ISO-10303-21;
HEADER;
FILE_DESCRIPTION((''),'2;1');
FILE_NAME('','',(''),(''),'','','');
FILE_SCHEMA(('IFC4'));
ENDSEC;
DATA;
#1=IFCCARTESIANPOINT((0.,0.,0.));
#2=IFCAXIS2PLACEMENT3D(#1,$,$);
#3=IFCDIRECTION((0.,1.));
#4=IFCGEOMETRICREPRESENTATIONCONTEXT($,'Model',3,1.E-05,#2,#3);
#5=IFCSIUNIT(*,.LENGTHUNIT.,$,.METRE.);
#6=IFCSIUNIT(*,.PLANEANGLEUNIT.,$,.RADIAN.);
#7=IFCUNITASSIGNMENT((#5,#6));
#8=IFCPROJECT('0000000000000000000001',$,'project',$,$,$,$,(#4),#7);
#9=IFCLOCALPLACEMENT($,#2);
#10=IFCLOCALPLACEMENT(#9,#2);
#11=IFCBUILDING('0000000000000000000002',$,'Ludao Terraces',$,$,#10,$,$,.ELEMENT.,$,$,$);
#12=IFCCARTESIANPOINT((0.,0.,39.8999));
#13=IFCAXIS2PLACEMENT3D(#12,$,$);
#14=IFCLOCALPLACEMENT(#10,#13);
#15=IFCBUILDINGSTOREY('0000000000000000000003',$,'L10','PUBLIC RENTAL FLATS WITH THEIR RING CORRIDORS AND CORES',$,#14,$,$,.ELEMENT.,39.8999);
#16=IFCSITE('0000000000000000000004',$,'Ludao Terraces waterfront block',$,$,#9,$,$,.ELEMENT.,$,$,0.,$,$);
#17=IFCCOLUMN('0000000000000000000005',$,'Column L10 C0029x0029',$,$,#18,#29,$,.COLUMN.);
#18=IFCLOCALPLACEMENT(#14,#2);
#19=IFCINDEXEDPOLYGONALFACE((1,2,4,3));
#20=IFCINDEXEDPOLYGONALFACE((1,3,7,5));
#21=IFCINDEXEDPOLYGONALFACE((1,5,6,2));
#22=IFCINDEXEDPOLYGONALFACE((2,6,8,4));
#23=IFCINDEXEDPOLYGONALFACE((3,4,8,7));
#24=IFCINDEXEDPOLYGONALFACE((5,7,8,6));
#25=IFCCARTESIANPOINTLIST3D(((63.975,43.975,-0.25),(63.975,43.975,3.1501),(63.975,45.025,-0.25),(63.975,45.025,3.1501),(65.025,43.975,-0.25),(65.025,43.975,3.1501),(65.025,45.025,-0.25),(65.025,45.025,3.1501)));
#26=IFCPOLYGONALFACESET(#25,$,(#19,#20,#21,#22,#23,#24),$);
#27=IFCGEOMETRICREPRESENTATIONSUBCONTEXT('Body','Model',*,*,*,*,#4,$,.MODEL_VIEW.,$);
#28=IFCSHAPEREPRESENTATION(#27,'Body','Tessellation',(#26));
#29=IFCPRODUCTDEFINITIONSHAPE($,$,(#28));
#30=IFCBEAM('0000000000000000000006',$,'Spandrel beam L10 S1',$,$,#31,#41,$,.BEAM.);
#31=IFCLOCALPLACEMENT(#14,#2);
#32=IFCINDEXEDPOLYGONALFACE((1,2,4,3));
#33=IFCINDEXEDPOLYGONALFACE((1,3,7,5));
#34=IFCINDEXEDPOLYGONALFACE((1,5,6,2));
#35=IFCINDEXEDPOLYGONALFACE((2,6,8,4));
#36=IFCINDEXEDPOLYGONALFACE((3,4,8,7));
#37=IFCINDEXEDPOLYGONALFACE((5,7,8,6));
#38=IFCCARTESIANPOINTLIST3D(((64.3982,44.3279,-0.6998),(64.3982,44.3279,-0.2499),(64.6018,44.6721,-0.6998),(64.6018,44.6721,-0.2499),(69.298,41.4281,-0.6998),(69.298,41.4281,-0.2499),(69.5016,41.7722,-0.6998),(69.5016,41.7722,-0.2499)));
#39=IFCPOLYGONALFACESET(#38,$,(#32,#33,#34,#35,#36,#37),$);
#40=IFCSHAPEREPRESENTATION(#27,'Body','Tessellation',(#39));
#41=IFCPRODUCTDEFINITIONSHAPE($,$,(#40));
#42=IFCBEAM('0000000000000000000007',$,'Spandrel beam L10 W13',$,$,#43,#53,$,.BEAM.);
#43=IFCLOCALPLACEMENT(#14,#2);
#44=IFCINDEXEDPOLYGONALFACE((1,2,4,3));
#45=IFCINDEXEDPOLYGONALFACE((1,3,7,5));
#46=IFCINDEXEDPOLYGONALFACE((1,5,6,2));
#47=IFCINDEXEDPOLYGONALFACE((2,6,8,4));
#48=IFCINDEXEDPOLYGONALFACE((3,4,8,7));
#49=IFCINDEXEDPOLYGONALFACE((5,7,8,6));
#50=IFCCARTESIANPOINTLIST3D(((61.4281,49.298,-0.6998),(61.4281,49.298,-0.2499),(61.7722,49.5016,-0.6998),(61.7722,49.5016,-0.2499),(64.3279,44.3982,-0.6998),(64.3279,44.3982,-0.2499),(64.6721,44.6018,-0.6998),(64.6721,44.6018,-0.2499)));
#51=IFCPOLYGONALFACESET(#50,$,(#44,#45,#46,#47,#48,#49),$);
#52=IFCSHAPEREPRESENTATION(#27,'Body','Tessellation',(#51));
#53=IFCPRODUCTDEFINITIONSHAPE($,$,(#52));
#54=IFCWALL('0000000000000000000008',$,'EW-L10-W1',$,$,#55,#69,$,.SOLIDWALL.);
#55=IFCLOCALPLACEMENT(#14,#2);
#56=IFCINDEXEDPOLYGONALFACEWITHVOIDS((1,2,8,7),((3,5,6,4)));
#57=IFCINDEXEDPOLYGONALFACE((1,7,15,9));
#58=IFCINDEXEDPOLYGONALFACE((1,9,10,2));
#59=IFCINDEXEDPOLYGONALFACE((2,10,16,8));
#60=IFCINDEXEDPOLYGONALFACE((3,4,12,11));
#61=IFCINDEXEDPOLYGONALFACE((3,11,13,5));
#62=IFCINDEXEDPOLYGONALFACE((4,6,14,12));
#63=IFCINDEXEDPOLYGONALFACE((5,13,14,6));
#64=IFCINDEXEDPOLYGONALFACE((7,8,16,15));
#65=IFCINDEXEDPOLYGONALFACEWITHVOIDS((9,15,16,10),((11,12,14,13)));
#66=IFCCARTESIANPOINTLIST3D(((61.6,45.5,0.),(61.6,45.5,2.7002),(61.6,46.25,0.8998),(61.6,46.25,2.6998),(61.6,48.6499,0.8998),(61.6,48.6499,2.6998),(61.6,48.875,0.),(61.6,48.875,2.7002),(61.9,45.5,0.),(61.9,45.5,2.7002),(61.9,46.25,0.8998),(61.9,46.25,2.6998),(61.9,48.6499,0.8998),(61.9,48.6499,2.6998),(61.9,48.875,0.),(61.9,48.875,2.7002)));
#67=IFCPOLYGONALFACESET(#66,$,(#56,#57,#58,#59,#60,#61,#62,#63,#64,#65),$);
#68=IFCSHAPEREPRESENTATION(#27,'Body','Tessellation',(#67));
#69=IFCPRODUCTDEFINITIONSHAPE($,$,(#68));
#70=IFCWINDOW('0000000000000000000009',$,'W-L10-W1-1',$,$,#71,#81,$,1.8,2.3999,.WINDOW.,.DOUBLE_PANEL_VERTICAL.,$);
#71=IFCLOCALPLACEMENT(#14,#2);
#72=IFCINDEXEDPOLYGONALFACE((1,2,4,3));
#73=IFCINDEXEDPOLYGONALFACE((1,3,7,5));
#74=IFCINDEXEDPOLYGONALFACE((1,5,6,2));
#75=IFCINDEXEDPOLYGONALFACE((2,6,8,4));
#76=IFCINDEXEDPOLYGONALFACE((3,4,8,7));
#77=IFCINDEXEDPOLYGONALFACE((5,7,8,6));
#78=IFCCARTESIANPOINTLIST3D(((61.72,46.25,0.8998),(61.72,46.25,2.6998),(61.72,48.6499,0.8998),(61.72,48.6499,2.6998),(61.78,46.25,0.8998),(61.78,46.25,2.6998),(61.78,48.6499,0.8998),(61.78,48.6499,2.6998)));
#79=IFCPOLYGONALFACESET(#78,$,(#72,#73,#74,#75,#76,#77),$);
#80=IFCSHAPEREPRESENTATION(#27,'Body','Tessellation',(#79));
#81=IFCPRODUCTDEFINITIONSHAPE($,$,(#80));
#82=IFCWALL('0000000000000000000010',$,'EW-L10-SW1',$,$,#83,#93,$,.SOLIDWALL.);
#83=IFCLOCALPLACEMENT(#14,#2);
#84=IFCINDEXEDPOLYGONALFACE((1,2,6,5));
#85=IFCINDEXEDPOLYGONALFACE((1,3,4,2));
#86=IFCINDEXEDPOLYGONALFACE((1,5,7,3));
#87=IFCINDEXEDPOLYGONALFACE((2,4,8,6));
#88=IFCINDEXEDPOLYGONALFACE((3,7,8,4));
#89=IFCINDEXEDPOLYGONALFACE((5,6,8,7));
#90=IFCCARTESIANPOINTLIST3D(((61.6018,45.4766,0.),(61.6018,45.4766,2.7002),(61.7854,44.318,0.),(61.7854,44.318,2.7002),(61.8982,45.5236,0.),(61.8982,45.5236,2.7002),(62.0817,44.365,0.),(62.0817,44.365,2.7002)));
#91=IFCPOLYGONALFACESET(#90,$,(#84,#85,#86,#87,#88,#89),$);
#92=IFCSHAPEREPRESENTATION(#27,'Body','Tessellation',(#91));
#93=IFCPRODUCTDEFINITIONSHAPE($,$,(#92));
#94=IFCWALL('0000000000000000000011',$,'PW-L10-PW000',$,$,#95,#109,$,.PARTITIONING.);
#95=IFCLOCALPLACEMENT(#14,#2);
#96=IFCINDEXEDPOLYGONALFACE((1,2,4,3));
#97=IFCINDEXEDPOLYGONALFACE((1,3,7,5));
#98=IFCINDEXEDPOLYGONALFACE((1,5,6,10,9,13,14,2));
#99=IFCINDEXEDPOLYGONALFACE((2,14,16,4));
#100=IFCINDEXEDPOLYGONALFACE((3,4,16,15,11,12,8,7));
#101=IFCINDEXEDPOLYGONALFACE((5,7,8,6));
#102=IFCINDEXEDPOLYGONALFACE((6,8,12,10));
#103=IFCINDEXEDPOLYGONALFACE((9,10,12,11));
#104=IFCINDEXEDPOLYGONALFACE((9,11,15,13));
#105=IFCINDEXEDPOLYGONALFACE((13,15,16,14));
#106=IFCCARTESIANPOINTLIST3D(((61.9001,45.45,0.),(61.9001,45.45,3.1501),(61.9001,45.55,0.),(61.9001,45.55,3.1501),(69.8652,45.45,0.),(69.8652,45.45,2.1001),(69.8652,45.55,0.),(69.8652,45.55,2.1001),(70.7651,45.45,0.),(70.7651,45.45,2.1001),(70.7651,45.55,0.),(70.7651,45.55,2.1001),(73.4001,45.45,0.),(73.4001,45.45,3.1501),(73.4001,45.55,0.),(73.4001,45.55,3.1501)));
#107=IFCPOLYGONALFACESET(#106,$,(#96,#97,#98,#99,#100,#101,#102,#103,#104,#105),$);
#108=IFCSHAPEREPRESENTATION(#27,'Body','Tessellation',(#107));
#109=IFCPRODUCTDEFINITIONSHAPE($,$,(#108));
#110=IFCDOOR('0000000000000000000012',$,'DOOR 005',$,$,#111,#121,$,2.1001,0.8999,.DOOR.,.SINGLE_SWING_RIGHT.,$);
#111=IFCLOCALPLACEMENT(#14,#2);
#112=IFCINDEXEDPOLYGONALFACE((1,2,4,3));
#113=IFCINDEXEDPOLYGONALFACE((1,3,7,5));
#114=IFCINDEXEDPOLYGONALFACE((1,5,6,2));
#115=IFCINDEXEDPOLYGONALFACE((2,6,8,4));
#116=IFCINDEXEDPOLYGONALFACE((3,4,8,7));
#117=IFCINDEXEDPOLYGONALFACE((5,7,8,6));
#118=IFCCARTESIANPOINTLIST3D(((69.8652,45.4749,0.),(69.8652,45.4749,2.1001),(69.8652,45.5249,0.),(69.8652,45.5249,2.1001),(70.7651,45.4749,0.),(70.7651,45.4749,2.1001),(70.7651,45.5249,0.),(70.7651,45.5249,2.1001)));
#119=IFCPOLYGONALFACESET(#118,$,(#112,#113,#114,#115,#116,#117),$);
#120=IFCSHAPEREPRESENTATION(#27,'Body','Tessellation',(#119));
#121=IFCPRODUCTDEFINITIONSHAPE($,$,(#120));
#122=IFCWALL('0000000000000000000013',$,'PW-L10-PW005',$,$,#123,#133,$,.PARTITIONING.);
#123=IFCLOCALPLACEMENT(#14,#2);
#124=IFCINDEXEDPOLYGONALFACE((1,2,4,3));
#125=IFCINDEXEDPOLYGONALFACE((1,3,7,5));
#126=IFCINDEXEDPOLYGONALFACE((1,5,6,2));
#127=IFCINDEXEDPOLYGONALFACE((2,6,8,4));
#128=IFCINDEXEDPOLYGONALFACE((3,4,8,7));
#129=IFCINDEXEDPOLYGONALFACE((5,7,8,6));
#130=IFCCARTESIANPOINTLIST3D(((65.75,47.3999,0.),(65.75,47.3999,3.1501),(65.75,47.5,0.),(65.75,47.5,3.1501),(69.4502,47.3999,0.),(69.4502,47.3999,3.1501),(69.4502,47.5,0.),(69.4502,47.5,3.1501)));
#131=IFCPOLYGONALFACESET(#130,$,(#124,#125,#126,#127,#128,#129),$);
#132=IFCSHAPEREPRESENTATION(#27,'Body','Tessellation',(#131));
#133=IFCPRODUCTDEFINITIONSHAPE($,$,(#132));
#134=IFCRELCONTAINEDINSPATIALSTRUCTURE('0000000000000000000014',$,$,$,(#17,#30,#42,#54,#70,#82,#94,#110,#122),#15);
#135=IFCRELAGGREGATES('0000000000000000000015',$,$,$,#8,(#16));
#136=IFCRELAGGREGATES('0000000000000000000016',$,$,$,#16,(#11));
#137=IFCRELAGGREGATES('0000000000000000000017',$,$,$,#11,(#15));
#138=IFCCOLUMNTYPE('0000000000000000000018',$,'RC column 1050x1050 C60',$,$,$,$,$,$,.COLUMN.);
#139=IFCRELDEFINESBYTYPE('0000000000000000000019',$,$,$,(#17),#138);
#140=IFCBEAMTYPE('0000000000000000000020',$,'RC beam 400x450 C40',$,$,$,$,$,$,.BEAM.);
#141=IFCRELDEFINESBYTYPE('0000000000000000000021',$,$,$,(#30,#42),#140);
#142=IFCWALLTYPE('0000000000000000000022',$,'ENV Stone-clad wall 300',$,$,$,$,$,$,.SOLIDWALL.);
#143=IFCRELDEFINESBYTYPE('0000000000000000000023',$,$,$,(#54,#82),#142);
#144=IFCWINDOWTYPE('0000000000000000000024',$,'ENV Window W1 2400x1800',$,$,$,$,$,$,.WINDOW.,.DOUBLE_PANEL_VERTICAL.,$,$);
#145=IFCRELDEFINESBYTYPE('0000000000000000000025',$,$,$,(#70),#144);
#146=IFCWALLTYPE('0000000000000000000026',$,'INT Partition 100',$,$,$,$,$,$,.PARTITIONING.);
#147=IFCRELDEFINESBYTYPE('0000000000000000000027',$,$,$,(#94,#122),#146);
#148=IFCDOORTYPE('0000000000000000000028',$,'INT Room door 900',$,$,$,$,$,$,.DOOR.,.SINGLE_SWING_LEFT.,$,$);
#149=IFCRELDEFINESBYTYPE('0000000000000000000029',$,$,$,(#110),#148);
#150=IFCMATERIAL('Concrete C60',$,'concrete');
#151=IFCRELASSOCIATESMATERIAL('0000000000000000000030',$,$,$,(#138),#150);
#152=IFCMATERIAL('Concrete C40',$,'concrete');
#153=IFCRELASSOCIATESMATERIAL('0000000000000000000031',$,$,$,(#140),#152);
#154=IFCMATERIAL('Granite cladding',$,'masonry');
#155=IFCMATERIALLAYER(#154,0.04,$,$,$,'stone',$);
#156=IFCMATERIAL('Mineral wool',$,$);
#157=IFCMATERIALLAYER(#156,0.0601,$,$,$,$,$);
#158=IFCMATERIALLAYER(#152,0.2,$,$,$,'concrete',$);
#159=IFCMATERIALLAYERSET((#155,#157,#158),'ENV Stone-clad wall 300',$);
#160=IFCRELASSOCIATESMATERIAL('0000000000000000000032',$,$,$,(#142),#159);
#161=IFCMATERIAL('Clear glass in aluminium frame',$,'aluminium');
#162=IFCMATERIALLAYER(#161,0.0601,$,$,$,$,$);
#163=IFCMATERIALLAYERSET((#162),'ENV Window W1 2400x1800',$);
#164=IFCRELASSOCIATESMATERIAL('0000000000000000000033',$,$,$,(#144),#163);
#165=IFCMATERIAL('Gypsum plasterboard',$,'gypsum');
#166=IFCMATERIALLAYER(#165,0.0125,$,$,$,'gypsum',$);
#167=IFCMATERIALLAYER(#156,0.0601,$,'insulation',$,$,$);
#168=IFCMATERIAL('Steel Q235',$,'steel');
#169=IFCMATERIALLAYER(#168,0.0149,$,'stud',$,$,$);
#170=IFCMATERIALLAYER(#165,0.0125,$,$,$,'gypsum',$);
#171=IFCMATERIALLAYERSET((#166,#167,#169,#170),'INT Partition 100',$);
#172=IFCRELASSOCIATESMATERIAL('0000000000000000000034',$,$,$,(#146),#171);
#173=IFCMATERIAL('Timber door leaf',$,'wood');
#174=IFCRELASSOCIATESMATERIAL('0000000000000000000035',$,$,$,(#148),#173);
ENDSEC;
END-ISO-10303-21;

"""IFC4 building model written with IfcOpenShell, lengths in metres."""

from ifc_helpers import new_model, si_unit, direction, frame, frame_2d, origin, origin_2d, place, context, subcontext, project, spatial, rectangle, extrude, material, layer, layer_set, material_profile, profile_set, type_object, element, fill, save


model = new_model("IFC4")

# Units and contexts
model_context = context("Model", 3, precision=1e-05, world=origin(), true_north=direction((0.0, 1.0)))
body_context = subcontext(model_context, "Body", "Model", "MODEL_VIEW")
ifc_project = project(units=[si_unit("LENGTHUNIT", "METRE"), si_unit("PLANEANGLEUNIT", "RADIAN")], contexts=[model_context])

# Site, building, storey
site_placement = place(None, origin())
site = spatial("IfcSite", under=ifc_project, at=site_placement, Name="Ludao Terraces waterfront block", CompositionType="ELEMENT", RefElevation=0.0)
building_placement = place(site_placement, origin())
building = spatial("IfcBuilding", under=site, at=building_placement, Name="Ludao Terraces", CompositionType="ELEMENT")
storey_placement = place(building_placement, frame((0.0, 0.0, 39.8999)))
storey = spatial("IfcBuildingStorey", under=building, at=storey_placement, Name="L10", Description="PUBLIC RENTAL FLATS WITH THEIR RING CORRIDORS AND CORES", CompositionType="ELEMENT", Elevation=39.8999)

# Column
ifc_material_1 = material(Name="Concrete C60", Category="concrete")
ifc_material_profile_1 = material_profile(ifc_material_1, rectangle(XDim=1.05, YDim=1.05, at=origin_2d()), Name="1050 X 1050")
ifc_profile_set_1 = profile_set([ifc_material_profile_1], Name="Concrete C60")
column_type = type_object("IfcColumnType", Name="RC column 1050x1050 C60", PredefinedType="COLUMN", material=ifc_profile_set_1)
column_placement = place(storey_placement, frame((64.5, 44.5, -0.25), z_axis=(0.0, 0.0, 1.0), x_axis=(1.0, 0.0, 0.0)))
element("IfcColumn", 1, at=column_placement, inside=storey, type_object=column_type, Name="Column L10 C0029x0029", PredefinedType="COLUMN", context=body_context, shape_type="SweptSolid", body=[
    extrude(rectangle(XDim=1.05, YDim=1.05, at=origin_2d()), origin(), (0.0, 0.0, 1.0), 3.4001),
])

# Beams
ifc_material_2 = material(Name="Concrete C40", Category="concrete")
ifc_material_profile_2 = material_profile(ifc_material_2, rectangle(XDim=0.3999, YDim=0.45, at=origin_2d()), Name="400 X 450")
ifc_profile_set_2 = profile_set([ifc_material_profile_2], Name="Concrete C40")
beam_type = type_object("IfcBeamType", Name="RC beam 400x450 C40", PredefinedType="BEAM", material=ifc_profile_set_2)
for number, where, z_axis, x_axis, name in (
    (2, (64.5, 44.5, -0.4749), (0.86058, -0.509316, 0.0), (0.509316, 0.86058, 0.0), "Spandrel beam L10 S1"),
    (3, (64.5, 44.5, -0.4749), (-0.509316, 0.86058, 0.0), (-0.86058, -0.509316, 0.0), "Spandrel beam L10 W13"),
):
    element("IfcBeam", number, at=place(storey_placement, frame(where, z_axis=z_axis, x_axis=x_axis)), inside=storey, type_object=beam_type, Name=name, PredefinedType="BEAM", context=body_context, shape_type="SweptSolid", body=[
        extrude(rectangle(XDim=0.3999, YDim=0.45, at=origin_2d()), origin(), (0.0, 0.0, 1.0), 5.6936),
    ])

# Wall, opening, window
ifc_material_3 = material(Name="Granite cladding", Category="masonry")
ifc_layer_1 = layer(ifc_material_3, 0.04, Category="stone")
ifc_material_4 = material(Name="Mineral wool")
ifc_layer_2 = layer(ifc_material_4, 0.0601)
ifc_layer_3 = layer(ifc_material_2, 0.2, Category="concrete")
ifc_layer_set_1 = layer_set([ifc_layer_1, ifc_layer_2, ifc_layer_3], Name="ENV Stone-clad wall 300")
wall_type_1 = type_object("IfcWallType", Name="ENV Stone-clad wall 300", PredefinedType="SOLIDWALL", material=ifc_layer_set_1)
wall_1_placement = place(storey_placement, frame((61.75, 45.5, 0.0), z_axis=(0.0, 0.0, 1.0), x_axis=(0.0, 1.0, 0.0)))
wall_1 = element("IfcWall", 4, at=wall_1_placement, inside=storey, type_object=wall_type_1, Name="EW-L10-W1", PredefinedType="SOLIDWALL", context=body_context, shape_type="SweptSolid", body=[
    extrude(rectangle(XDim=3.375, YDim=0.3, at=frame_2d((1.6875, 0.0))), origin(), (0.0, 0.0, 1.0), 2.7002),
])
opening_1_placement = place(wall_1_placement, frame((0.75, 0.0, 0.8999)))
opening_1 = element("IfcOpeningElement", 5, at=opening_1_placement, cuts=wall_1, PredefinedType="OPENING", context=body_context, shape_type="SweptSolid", body=[
    extrude(rectangle(XDim=2.3999, YDim=1.8, at=frame_2d((1.2, 0.8999))), frame((0.0, 0.1602, 0.0), z_axis=(0.0, -1.0, 0.0), x_axis=(1.0, 0.0, 0.0)), (0.0, 0.0, 1.0), 0.3201),
])
ifc_material_5 = material(Name="Clear glass in aluminium frame", Category="aluminium")
ifc_layer_4 = layer(ifc_material_5, 0.0601)
ifc_layer_set_2 = layer_set([ifc_layer_4], Name="ENV Window W1 2400x1800")
window_type = type_object("IfcWindowType", Name="ENV Window W1 2400x1800", PartitioningType="DOUBLE_PANEL_VERTICAL", PredefinedType="WINDOW", material=ifc_layer_set_2)
window_placement = place(opening_1_placement, origin())
window = element("IfcWindow", 6, at=window_placement, inside=storey, type_object=window_type, Name="W-L10-W1-1", OverallHeight=1.8, OverallWidth=2.3999, PartitioningType="DOUBLE_PANEL_VERTICAL", PredefinedType="WINDOW", context=body_context, shape_type="SweptSolid", body=[
    extrude(rectangle(XDim=2.3999, YDim=1.8, at=frame_2d((1.2, 0.8999))), frame((0.0, 0.03, 0.0), z_axis=(0.0, -1.0, 0.0), x_axis=(1.0, 0.0, 0.0)), (0.0, 0.0, 1.0), 0.0601),
])
fill(opening_1, window)

# Wall
wall_2_placement = place(storey_placement, frame((61.75, 45.5, 0.0), z_axis=(0.0, 0.0, 1.0), x_axis=(0.156497, -0.987678, 0.0)))
element("IfcWall", 7, at=wall_2_placement, inside=storey, type_object=wall_type_1, Name="EW-L10-SW1", PredefinedType="SOLIDWALL", context=body_context, shape_type="SweptSolid", body=[
    extrude(rectangle(XDim=1.1731, YDim=0.3, at=frame_2d((0.5864, 0.0))), origin(), (0.0, 0.0, 1.0), 2.7002),
])

# Wall, opening, door
ifc_material_6 = material(Name="Gypsum plasterboard", Category="gypsum")
ifc_layer_5 = layer(ifc_material_6, 0.0125, Category="gypsum")
ifc_layer_6 = layer(ifc_material_4, 0.0601, Name="insulation")
ifc_material_7 = material(Name="Steel Q235", Category="steel")
ifc_layer_7 = layer(ifc_material_7, 0.0149, Name="stud")
ifc_layer_8 = layer(ifc_material_6, 0.0125, Category="gypsum")
ifc_layer_set_3 = layer_set([ifc_layer_5, ifc_layer_6, ifc_layer_7, ifc_layer_8], Name="INT Partition 100")
wall_type_2 = type_object("IfcWallType", Name="INT Partition 100", PredefinedType="PARTITIONING", material=ifc_layer_set_3)
wall_3_placement = place(storey_placement, frame((61.9001, 45.5, 0.0), z_axis=(0.0, 0.0, 1.0), x_axis=(1.0, 0.0, 0.0)))
wall_3 = element("IfcWall", 8, at=wall_3_placement, inside=storey, type_object=wall_type_2, Name="PW-L10-PW000", PredefinedType="PARTITIONING", context=body_context, shape_type="SweptSolid", body=[
    extrude(rectangle(XDim=11.5, YDim=0.1001, at=frame_2d((5.75, 0.0))), origin(), (0.0, 0.0, 1.0), 3.1501),
])
opening_2_placement = place(wall_3_placement, frame((7.9651, 0.0, 0.0)))
opening_2 = element("IfcOpeningElement", 9, at=opening_2_placement, cuts=wall_3, PredefinedType="OPENING", context=body_context, shape_type="SweptSolid", body=[
    extrude(rectangle(XDim=0.8999, YDim=2.1001, at=frame_2d((0.45, 1.05))), frame((0.0, 0.0601, 0.0), z_axis=(0.0, -1.0, 0.0), x_axis=(1.0, 0.0, 0.0)), (0.0, 0.0, 1.0), 0.1201),
])
ifc_material_8 = material(Name="Timber door leaf", Category="wood")
door_type = type_object("IfcDoorType", Name="INT Room door 900", OperationType="SINGLE_SWING_LEFT", PredefinedType="DOOR", material=ifc_material_8)
door_placement = place(opening_2_placement, origin())
door = element("IfcDoor", 10, at=door_placement, inside=storey, type_object=door_type, Name="DOOR 005", OperationType="SINGLE_SWING_RIGHT", OverallHeight=2.1001, OverallWidth=0.8999, PredefinedType="DOOR", context=body_context, shape_type="SweptSolid", body=[
    extrude(rectangle(XDim=0.8999, YDim=2.1001, at=frame_2d((0.45, 1.05))), frame((0.0, 0.0249, 0.0), z_axis=(0.0, -1.0, 0.0), x_axis=(1.0, 0.0, 0.0)), (0.0, 0.0, 1.0), 0.05),
])
fill(opening_2, door)

# Wall
wall_4_placement = place(storey_placement, frame((65.75, 47.45, 0.0), z_axis=(0.0, 0.0, 1.0), x_axis=(1.0, 0.0, 0.0)))
element("IfcWall", 11, at=wall_4_placement, inside=storey, type_object=wall_type_2, Name="PW-L10-PW005", PredefinedType="PARTITIONING", context=body_context, shape_type="SweptSolid", body=[
    extrude(rectangle(XDim=3.7002, YDim=0.1001, at=frame_2d((1.8501, 0.0))), origin(), (0.0, 0.0, 1.0), 3.1501),
])

save(model, "model.ifc")
